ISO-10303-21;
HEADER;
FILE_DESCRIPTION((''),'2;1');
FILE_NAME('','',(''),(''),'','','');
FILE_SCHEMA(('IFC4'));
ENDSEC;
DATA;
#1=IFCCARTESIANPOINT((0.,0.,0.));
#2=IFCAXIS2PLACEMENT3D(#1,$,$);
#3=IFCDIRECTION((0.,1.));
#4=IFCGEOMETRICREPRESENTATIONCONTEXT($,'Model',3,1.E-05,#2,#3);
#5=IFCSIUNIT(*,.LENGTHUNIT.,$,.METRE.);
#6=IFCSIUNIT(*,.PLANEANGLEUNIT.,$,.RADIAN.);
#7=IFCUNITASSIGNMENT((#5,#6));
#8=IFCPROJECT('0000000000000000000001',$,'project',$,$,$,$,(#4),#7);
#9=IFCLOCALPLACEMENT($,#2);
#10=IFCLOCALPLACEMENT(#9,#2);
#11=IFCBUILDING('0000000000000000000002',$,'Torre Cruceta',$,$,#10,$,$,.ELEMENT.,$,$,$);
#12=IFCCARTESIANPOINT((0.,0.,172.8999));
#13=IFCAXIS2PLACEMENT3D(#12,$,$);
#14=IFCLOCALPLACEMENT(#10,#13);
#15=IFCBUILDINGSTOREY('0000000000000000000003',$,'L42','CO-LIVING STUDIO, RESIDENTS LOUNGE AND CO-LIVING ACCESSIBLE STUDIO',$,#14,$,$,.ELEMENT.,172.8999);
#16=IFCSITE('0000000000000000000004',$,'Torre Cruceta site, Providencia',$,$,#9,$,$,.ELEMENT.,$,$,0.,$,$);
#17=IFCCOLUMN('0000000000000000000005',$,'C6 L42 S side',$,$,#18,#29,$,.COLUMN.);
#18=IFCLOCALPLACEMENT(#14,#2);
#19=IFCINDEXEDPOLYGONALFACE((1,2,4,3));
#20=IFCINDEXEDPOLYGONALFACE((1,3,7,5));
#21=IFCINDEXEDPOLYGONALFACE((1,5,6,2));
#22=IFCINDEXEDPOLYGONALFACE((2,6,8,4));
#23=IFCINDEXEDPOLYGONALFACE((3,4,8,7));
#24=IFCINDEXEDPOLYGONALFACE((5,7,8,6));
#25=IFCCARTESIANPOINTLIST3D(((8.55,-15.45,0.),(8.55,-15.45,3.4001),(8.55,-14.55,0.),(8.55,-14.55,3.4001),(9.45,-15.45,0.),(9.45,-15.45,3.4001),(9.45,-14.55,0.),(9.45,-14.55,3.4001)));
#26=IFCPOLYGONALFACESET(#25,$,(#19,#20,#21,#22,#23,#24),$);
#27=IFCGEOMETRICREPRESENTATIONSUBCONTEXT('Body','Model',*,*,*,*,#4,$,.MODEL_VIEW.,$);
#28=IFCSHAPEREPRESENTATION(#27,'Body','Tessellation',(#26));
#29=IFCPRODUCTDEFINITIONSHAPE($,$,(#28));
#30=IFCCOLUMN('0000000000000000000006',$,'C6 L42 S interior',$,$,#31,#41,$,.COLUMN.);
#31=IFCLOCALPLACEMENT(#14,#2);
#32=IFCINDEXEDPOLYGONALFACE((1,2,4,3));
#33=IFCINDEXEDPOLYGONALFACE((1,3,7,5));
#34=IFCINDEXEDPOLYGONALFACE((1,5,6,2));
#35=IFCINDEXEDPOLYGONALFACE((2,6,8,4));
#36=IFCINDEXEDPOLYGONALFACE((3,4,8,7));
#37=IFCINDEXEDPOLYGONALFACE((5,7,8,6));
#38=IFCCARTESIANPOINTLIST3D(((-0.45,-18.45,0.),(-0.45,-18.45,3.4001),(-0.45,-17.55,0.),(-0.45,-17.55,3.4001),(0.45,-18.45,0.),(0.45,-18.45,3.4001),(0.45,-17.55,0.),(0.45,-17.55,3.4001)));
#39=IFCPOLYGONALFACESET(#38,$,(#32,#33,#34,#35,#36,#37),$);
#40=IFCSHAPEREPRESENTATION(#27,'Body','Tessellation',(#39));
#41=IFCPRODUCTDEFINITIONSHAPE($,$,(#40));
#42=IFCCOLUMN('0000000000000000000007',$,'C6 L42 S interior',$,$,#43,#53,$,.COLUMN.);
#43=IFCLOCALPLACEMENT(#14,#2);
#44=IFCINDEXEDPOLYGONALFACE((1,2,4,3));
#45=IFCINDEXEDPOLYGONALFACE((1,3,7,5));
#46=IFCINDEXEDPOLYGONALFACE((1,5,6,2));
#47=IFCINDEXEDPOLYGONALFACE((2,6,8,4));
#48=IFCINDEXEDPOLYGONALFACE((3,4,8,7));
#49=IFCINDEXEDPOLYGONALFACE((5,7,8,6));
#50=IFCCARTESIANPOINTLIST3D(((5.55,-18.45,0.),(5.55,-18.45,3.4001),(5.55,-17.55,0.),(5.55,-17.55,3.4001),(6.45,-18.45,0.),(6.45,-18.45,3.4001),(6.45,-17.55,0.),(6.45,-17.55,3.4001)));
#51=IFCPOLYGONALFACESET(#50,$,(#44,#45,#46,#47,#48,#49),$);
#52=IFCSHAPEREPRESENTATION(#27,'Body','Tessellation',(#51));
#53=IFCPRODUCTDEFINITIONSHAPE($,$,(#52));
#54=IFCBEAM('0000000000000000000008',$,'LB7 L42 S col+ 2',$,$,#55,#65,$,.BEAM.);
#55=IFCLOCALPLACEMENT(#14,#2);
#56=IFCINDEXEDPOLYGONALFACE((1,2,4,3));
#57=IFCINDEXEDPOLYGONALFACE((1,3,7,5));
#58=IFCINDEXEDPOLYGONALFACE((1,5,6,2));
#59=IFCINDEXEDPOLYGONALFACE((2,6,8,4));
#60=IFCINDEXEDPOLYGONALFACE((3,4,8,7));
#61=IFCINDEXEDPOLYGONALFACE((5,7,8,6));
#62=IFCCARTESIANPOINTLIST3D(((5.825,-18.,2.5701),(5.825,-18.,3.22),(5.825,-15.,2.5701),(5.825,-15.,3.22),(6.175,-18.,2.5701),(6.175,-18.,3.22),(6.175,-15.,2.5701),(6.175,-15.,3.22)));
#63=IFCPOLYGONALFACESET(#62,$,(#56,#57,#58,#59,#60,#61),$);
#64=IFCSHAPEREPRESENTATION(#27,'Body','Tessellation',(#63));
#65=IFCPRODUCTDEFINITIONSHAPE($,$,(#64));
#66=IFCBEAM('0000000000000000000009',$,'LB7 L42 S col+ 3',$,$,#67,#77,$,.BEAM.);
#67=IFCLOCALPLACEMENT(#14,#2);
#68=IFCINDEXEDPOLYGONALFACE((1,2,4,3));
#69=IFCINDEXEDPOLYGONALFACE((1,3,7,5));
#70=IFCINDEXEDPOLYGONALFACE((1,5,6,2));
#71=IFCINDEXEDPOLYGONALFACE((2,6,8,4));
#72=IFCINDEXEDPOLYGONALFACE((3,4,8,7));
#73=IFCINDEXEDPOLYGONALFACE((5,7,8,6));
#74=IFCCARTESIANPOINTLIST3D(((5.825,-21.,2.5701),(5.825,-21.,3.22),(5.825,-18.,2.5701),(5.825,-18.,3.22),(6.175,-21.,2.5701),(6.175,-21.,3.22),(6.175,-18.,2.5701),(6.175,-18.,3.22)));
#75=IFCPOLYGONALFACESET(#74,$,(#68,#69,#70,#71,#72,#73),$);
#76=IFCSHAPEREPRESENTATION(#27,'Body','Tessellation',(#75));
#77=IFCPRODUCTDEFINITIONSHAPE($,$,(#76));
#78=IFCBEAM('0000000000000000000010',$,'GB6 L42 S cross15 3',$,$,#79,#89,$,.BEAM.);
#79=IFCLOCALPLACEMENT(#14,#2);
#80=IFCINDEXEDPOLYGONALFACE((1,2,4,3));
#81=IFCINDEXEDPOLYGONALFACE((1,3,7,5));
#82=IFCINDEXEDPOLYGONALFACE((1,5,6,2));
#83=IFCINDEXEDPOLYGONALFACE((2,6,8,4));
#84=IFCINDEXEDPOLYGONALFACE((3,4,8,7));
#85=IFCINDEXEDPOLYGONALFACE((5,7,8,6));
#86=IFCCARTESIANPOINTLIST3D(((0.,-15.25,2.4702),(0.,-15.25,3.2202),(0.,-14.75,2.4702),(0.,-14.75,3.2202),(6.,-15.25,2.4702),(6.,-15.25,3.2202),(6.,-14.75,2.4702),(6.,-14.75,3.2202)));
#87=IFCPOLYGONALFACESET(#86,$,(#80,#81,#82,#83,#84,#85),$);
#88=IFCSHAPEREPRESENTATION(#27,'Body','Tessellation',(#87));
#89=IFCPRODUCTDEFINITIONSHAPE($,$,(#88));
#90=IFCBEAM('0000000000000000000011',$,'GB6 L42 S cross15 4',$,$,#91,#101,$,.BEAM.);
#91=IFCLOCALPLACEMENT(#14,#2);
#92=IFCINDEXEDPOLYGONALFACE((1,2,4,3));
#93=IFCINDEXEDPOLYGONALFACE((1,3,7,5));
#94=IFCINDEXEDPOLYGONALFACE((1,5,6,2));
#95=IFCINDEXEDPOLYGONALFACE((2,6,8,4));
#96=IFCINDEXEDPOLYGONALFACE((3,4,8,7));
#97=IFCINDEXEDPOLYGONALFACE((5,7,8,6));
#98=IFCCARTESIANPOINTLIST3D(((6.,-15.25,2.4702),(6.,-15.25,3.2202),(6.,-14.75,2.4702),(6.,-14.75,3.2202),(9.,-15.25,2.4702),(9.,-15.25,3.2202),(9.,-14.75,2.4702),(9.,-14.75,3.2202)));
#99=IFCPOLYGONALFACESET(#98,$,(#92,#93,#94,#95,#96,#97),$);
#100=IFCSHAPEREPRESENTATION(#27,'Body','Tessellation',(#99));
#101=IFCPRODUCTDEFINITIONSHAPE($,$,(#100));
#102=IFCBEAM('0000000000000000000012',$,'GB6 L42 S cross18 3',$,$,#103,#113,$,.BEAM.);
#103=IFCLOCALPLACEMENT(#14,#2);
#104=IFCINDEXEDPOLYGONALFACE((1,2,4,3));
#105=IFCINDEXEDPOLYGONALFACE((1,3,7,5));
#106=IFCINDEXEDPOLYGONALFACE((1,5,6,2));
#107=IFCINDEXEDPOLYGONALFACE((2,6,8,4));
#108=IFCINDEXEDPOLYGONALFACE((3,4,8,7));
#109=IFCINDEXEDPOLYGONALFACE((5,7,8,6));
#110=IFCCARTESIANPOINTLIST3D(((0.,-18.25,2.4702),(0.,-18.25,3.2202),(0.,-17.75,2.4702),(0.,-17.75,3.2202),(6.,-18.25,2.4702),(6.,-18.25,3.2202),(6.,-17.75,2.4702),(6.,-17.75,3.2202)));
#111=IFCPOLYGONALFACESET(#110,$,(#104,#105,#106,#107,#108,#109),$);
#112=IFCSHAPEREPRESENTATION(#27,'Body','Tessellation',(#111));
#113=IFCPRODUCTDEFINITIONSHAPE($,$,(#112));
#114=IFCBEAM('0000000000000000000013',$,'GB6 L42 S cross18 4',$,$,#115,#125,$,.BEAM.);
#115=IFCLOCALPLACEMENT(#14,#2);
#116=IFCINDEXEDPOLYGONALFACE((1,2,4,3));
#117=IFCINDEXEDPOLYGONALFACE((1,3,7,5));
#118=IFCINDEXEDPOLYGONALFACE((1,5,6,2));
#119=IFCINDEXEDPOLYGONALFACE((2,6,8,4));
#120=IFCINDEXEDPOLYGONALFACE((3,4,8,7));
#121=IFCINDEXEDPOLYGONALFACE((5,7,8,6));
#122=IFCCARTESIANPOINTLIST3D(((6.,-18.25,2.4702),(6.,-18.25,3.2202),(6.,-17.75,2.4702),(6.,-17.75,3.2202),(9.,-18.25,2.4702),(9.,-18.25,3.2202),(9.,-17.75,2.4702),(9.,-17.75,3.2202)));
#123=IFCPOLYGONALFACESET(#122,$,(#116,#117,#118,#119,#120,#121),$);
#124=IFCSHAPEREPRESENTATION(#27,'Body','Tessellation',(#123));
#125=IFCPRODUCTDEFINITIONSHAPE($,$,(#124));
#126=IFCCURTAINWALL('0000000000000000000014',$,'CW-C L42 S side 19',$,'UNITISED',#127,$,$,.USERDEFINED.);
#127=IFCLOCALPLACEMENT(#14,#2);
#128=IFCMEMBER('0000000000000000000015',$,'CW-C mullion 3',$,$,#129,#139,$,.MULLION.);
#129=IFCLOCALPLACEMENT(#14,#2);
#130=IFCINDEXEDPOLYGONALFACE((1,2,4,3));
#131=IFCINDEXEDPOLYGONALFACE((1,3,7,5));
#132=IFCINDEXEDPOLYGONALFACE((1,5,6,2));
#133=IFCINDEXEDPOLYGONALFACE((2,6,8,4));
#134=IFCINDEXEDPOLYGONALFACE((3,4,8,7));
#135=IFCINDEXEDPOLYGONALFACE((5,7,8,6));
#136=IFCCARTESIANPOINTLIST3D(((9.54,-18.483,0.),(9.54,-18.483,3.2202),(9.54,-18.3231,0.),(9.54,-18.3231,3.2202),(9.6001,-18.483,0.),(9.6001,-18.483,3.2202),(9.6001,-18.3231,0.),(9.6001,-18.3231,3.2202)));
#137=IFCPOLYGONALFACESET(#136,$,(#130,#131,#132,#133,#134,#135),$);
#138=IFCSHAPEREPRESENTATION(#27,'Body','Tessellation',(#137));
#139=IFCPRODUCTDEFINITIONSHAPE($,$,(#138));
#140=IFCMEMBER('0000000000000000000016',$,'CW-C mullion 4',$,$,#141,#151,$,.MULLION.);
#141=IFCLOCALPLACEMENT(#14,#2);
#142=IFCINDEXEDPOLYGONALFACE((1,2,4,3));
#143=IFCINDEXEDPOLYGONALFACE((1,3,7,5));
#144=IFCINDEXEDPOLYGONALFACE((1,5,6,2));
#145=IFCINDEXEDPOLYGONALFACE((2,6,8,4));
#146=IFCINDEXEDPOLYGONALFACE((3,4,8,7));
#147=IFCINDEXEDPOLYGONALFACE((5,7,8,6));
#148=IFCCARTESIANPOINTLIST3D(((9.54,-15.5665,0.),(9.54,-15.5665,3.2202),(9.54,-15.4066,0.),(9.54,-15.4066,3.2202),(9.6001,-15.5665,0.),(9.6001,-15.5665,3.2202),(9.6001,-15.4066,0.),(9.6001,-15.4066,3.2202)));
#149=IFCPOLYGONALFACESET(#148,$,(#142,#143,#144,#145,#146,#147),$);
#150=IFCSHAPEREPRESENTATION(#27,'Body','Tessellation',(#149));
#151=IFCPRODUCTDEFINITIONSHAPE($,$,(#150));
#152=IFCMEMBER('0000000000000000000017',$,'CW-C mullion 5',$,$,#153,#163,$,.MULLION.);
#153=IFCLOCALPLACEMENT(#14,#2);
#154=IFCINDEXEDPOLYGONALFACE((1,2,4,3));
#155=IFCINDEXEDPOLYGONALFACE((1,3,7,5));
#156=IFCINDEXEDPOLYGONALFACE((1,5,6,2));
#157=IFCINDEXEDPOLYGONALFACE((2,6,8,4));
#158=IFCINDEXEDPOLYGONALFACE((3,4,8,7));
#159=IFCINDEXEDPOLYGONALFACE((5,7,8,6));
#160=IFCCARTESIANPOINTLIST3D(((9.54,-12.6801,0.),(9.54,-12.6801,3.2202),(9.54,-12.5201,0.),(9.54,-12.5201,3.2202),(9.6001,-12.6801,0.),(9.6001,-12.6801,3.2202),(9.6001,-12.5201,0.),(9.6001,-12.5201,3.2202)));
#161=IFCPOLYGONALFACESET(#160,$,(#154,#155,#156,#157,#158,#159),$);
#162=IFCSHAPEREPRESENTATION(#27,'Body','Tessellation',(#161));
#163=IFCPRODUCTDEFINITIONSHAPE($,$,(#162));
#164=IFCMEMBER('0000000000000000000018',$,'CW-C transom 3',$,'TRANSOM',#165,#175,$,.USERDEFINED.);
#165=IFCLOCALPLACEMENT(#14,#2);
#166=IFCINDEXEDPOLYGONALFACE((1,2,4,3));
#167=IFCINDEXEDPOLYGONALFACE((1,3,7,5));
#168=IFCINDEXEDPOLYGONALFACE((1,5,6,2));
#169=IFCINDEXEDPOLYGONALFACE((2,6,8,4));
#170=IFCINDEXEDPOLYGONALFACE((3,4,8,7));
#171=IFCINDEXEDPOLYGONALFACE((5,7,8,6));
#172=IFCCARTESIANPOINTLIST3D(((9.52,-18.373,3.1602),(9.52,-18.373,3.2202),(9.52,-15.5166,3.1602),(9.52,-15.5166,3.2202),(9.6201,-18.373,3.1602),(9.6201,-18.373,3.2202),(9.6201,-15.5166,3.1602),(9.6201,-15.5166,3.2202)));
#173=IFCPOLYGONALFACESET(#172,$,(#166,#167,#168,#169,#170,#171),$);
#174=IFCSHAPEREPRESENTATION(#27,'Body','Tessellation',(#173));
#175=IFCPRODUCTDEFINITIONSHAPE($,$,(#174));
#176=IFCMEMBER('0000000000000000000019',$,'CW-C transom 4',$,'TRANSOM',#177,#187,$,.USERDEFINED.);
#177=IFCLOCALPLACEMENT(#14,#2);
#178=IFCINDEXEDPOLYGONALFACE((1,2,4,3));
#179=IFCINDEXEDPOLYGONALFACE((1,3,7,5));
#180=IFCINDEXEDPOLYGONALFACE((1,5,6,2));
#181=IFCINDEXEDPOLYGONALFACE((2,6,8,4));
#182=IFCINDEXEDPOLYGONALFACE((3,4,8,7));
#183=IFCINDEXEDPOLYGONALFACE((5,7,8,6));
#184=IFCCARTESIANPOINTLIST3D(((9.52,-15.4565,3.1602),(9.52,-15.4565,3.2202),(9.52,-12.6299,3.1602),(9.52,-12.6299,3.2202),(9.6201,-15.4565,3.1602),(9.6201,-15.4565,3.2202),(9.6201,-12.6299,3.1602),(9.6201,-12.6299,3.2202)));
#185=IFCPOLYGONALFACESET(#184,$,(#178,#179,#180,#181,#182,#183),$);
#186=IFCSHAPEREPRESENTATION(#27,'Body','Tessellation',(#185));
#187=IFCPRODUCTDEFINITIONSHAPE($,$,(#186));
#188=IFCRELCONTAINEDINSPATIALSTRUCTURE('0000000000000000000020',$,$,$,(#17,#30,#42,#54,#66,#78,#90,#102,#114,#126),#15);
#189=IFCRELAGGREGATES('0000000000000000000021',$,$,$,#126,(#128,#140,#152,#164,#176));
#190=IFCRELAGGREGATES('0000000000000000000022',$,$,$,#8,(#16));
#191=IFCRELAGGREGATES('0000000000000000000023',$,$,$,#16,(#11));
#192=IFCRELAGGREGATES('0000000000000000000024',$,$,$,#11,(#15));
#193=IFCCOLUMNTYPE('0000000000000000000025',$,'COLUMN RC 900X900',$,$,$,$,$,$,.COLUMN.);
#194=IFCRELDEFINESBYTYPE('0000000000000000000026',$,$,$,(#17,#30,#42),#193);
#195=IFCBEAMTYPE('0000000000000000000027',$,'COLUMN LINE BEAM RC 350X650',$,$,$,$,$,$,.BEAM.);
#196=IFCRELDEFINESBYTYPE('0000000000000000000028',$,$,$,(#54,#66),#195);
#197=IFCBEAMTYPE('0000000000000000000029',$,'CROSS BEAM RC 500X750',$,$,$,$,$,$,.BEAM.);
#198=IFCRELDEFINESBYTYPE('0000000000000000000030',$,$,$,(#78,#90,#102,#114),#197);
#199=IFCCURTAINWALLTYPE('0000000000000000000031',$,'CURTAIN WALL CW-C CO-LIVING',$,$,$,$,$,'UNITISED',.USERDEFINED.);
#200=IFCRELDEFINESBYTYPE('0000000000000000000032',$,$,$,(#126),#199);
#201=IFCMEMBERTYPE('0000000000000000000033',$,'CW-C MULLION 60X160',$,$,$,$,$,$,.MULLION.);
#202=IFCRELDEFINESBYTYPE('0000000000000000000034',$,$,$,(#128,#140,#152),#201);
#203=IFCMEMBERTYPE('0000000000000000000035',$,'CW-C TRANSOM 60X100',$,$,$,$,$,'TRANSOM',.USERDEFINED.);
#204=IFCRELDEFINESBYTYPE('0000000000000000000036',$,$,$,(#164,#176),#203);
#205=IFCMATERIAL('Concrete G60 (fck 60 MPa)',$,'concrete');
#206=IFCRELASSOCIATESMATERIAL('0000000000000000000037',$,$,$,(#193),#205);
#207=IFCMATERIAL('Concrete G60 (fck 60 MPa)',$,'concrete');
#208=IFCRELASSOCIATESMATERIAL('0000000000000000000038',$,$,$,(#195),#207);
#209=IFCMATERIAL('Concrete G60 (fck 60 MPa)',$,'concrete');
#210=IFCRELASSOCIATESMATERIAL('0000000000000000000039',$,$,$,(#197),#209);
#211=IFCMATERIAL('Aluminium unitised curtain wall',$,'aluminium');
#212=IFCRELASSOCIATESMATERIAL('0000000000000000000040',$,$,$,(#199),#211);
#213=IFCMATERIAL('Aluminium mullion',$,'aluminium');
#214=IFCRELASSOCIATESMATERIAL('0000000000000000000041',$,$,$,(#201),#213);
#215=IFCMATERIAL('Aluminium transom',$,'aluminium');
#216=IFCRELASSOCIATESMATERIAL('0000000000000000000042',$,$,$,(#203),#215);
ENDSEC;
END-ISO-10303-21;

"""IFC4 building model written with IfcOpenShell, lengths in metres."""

from ifc_helpers import new_model, si_unit, direction, frame, origin, origin_2d, place, context, subcontext, project, spatial, rectangle, extrude, material, material_profile, profile_set, type_object, element, aggregate, save


model = new_model("IFC4")

# Units and contexts
model_context = context("Model", 3, precision=1e-05, world=origin(), true_north=direction((0.0, 1.0)))
body_context = subcontext(model_context, "Body", "Model", "MODEL_VIEW")
ifc_project = project(units=[si_unit("LENGTHUNIT", "METRE"), si_unit("PLANEANGLEUNIT", "RADIAN")], contexts=[model_context])

# Site, building, storey
site_placement = place(None, origin())
site = spatial("IfcSite", under=ifc_project, at=site_placement, Name="Torre Cruceta site, Providencia", CompositionType="ELEMENT", RefElevation=0.0)
building_placement = place(site_placement, origin())
building = spatial("IfcBuilding", under=site, at=building_placement, Name="Torre Cruceta", CompositionType="ELEMENT")
storey_placement = place(building_placement, frame((0.0, 0.0, 172.8999)))
storey = spatial("IfcBuildingStorey", under=building, at=storey_placement, Name="L42", Description="CO-LIVING STUDIO, RESIDENTS LOUNGE AND CO-LIVING ACCESSIBLE STUDIO", CompositionType="ELEMENT", Elevation=172.8999)

# Columns
ifc_material_1 = material(Name="Concrete G60 (fck 60 MPa)", Category="concrete")
ifc_material_profile_1 = material_profile(ifc_material_1, rectangle(XDim=0.8999, YDim=0.8999, at=origin_2d()), Name="RC 900X900")
ifc_profile_set_1 = profile_set([ifc_material_profile_1], Name="Concrete G60 (fck 60 MPa)")
column_type = type_object("IfcColumnType", Name="COLUMN RC 900X900", PredefinedType="COLUMN", material=ifc_profile_set_1)
for number, where, z_axis, x_axis, name in (
    (1, (9.0, -15.0, 0.0), (0.0, 0.0, 1.0), (1.0, 0.0, 0.0), "C6 L42 S side"),
    (2, (0.0, -18.0, 0.0), (0.0, 0.0, 1.0), (1.0, 0.0, 0.0), "C6 L42 S interior"),
    (3, (6.0, -18.0, 0.0), (0.0, 0.0, 1.0), (1.0, 0.0, 0.0), "C6 L42 S interior"),
):
    element("IfcColumn", number, at=place(storey_placement, frame(where, z_axis=z_axis, x_axis=x_axis)), inside=storey, type_object=column_type, Name=name, PredefinedType="COLUMN", context=body_context, shape_type="SweptSolid", body=[
        extrude(rectangle(XDim=0.8999, YDim=0.8999, at=origin_2d()), origin(), (0.0, 0.0, 1.0), 3.4001),
    ])

# Beams
ifc_material_2 = material(Name="Concrete G60 (fck 60 MPa)", Category="concrete")
ifc_material_profile_2 = material_profile(ifc_material_2, rectangle(XDim=0.3501, YDim=0.6499, at=origin_2d()), Name="RC 350X650")
ifc_profile_set_2 = profile_set([ifc_material_profile_2], Name="Concrete G60 (fck 60 MPa)")
beam_type_1 = type_object("IfcBeamType", Name="COLUMN LINE BEAM RC 350X650", PredefinedType="BEAM", material=ifc_profile_set_2)
for number, where, z_axis, x_axis, name in (
    (4, (6.0, -15.0, 2.895), (0.0, -1.0, 0.0), (1.0, 0.0, 0.0), "LB7 L42 S col+ 2"),
    (5, (6.0, -18.0, 2.895), (0.0, -1.0, 0.0), (1.0, 0.0, 0.0), "LB7 L42 S col+ 3"),
):
    element("IfcBeam", number, at=place(storey_placement, frame(where, z_axis=z_axis, x_axis=x_axis)), inside=storey, type_object=beam_type_1, Name=name, PredefinedType="BEAM", context=body_context, shape_type="SweptSolid", body=[
        extrude(rectangle(XDim=0.3501, YDim=0.6499, at=origin_2d()), origin(), (0.0, 0.0, 1.0), 3.0),
    ])
ifc_material_3 = material(Name="Concrete G60 (fck 60 MPa)", Category="concrete")
ifc_material_profile_3 = material_profile(ifc_material_3, rectangle(XDim=0.5, YDim=0.75, at=origin_2d()), Name="RC 500X750")
ifc_profile_set_3 = profile_set([ifc_material_profile_3], Name="Concrete G60 (fck 60 MPa)")
beam_type_2 = type_object("IfcBeamType", Name="CROSS BEAM RC 500X750", PredefinedType="BEAM", material=ifc_profile_set_3)
beam_1_placement = place(storey_placement, frame((0.0, -15.0, 2.8452), z_axis=(1.0, 0.0, 0.0), x_axis=(0.0, 1.0, 0.0)))
element("IfcBeam", 6, at=beam_1_placement, inside=storey, type_object=beam_type_2, Name="GB6 L42 S cross15 3", PredefinedType="BEAM", context=body_context, shape_type="SweptSolid", body=[
    extrude(rectangle(XDim=0.5, YDim=0.75, at=origin_2d()), origin(), (0.0, 0.0, 1.0), 6.0),
])
beam_2_placement = place(storey_placement, frame((6.0, -15.0, 2.8452), z_axis=(1.0, 0.0, 0.0), x_axis=(0.0, 1.0, 0.0)))
element("IfcBeam", 7, at=beam_2_placement, inside=storey, type_object=beam_type_2, Name="GB6 L42 S cross15 4", PredefinedType="BEAM", context=body_context, shape_type="SweptSolid", body=[
    extrude(rectangle(XDim=0.5, YDim=0.75, at=origin_2d()), origin(), (0.0, 0.0, 1.0), 3.0),
])
beam_3_placement = place(storey_placement, frame((0.0, -18.0, 2.8452), z_axis=(1.0, 0.0, 0.0), x_axis=(0.0, 1.0, 0.0)))
element("IfcBeam", 8, at=beam_3_placement, inside=storey, type_object=beam_type_2, Name="GB6 L42 S cross18 3", PredefinedType="BEAM", context=body_context, shape_type="SweptSolid", body=[
    extrude(rectangle(XDim=0.5, YDim=0.75, at=origin_2d()), origin(), (0.0, 0.0, 1.0), 6.0),
])
beam_4_placement = place(storey_placement, frame((6.0, -18.0, 2.8452), z_axis=(1.0, 0.0, 0.0), x_axis=(0.0, 1.0, 0.0)))
element("IfcBeam", 9, at=beam_4_placement, inside=storey, type_object=beam_type_2, Name="GB6 L42 S cross18 4", PredefinedType="BEAM", context=body_context, shape_type="SweptSolid", body=[
    extrude(rectangle(XDim=0.5, YDim=0.75, at=origin_2d()), origin(), (0.0, 0.0, 1.0), 3.0),
])

# Curtain wall, members
ifc_material_4 = material(Name="Aluminium unitised curtain wall", Category="aluminium")
curtain_wall_type = type_object("IfcCurtainWallType", Name="CURTAIN WALL CW-C CO-LIVING", ElementType="UNITISED", PredefinedType="USERDEFINED", material=ifc_material_4)
curtain_wall_placement = place(storey_placement, origin())
curtain_wall = element("IfcCurtainWall", 10, at=curtain_wall_placement, inside=storey, type_object=curtain_wall_type, Name="CW-C L42 S side 19", ObjectType="UNITISED", PredefinedType="USERDEFINED")
ifc_material_5 = material(Name="Aluminium mullion", Category="aluminium")
ifc_material_profile_4 = material_profile(ifc_material_5, rectangle(XDim=0.0601, YDim=0.1599, at=origin_2d()), Name="AL 60X160")
ifc_profile_set_4 = profile_set([ifc_material_profile_4], Name="Aluminium mullion")
member_type_1 = type_object("IfcMemberType", Name="CW-C MULLION 60X160", PredefinedType="MULLION", material=ifc_profile_set_4)
member_1_placement = place(storey_placement, frame((9.5701, -18.4031, 0.0), z_axis=(0.0, 0.0, 1.0), x_axis=(-1.0, 0.0, 0.0)))
member_1 = element("IfcMember", 11, at=member_1_placement, type_object=member_type_1, Name="CW-C mullion 3", PredefinedType="MULLION", context=body_context, shape_type="SweptSolid", body=[
    extrude(rectangle(XDim=0.0601, YDim=0.1599, at=origin_2d()), origin(), (0.0, 0.0, 1.0), 3.2202),
])
member_2_placement = place(storey_placement, frame((9.5701, -15.4866, 0.0), z_axis=(0.0, 0.0, 1.0), x_axis=(-1.0, 0.0, 0.0)))
member_2 = element("IfcMember", 12, at=member_2_placement, type_object=member_type_1, Name="CW-C mullion 4", PredefinedType="MULLION", context=body_context, shape_type="SweptSolid", body=[
    extrude(rectangle(XDim=0.0601, YDim=0.1599, at=origin_2d()), origin(), (0.0, 0.0, 1.0), 3.2202),
])
member_3_placement = place(storey_placement, frame((9.5701, -12.6001, 0.0), z_axis=(0.0, 0.0, 1.0), x_axis=(-1.0, 0.0, 0.0)))
member_3 = element("IfcMember", 13, at=member_3_placement, type_object=member_type_1, Name="CW-C mullion 5", PredefinedType="MULLION", context=body_context, shape_type="SweptSolid", body=[
    extrude(rectangle(XDim=0.0601, YDim=0.1599, at=origin_2d()), origin(), (0.0, 0.0, 1.0), 3.2202),
])
ifc_material_6 = material(Name="Aluminium transom", Category="aluminium")
ifc_material_profile_5 = material_profile(ifc_material_6, rectangle(XDim=0.1001, YDim=0.0601, at=origin_2d()), Name="AL 100X60")
ifc_profile_set_5 = profile_set([ifc_material_profile_5], Name="Aluminium transom")
member_type_2 = type_object("IfcMemberType", Name="CW-C TRANSOM 60X100", ElementType="TRANSOM", PredefinedType="USERDEFINED", material=ifc_profile_set_5)
member_4_placement = place(storey_placement, frame((9.5701, -18.373, 3.1902), z_axis=(0.0, 1.0, 0.0), x_axis=(-1.0, 0.0, 0.0)))
member_4 = element("IfcMember", 14, at=member_4_placement, type_object=member_type_2, Name="CW-C transom 3", ObjectType="TRANSOM", PredefinedType="USERDEFINED", context=body_context, shape_type="SweptSolid", body=[
    extrude(rectangle(XDim=0.1001, YDim=0.0601, at=origin_2d()), origin(), (0.0, 0.0, 1.0), 2.8564),
])
member_5_placement = place(storey_placement, frame((9.5701, -15.4565, 3.1902), z_axis=(0.0, 1.0, 0.0), x_axis=(-1.0, 0.0, 0.0)))
member_5 = element("IfcMember", 15, at=member_5_placement, type_object=member_type_2, Name="CW-C transom 4", ObjectType="TRANSOM", PredefinedType="USERDEFINED", context=body_context, shape_type="SweptSolid", body=[
    extrude(rectangle(XDim=0.1001, YDim=0.0601, at=origin_2d()), origin(), (0.0, 0.0, 1.0), 2.8267),
])

aggregate(curtain_wall, [member_1, member_2, member_3, member_4, member_5])

save(model, "model.ifc")
